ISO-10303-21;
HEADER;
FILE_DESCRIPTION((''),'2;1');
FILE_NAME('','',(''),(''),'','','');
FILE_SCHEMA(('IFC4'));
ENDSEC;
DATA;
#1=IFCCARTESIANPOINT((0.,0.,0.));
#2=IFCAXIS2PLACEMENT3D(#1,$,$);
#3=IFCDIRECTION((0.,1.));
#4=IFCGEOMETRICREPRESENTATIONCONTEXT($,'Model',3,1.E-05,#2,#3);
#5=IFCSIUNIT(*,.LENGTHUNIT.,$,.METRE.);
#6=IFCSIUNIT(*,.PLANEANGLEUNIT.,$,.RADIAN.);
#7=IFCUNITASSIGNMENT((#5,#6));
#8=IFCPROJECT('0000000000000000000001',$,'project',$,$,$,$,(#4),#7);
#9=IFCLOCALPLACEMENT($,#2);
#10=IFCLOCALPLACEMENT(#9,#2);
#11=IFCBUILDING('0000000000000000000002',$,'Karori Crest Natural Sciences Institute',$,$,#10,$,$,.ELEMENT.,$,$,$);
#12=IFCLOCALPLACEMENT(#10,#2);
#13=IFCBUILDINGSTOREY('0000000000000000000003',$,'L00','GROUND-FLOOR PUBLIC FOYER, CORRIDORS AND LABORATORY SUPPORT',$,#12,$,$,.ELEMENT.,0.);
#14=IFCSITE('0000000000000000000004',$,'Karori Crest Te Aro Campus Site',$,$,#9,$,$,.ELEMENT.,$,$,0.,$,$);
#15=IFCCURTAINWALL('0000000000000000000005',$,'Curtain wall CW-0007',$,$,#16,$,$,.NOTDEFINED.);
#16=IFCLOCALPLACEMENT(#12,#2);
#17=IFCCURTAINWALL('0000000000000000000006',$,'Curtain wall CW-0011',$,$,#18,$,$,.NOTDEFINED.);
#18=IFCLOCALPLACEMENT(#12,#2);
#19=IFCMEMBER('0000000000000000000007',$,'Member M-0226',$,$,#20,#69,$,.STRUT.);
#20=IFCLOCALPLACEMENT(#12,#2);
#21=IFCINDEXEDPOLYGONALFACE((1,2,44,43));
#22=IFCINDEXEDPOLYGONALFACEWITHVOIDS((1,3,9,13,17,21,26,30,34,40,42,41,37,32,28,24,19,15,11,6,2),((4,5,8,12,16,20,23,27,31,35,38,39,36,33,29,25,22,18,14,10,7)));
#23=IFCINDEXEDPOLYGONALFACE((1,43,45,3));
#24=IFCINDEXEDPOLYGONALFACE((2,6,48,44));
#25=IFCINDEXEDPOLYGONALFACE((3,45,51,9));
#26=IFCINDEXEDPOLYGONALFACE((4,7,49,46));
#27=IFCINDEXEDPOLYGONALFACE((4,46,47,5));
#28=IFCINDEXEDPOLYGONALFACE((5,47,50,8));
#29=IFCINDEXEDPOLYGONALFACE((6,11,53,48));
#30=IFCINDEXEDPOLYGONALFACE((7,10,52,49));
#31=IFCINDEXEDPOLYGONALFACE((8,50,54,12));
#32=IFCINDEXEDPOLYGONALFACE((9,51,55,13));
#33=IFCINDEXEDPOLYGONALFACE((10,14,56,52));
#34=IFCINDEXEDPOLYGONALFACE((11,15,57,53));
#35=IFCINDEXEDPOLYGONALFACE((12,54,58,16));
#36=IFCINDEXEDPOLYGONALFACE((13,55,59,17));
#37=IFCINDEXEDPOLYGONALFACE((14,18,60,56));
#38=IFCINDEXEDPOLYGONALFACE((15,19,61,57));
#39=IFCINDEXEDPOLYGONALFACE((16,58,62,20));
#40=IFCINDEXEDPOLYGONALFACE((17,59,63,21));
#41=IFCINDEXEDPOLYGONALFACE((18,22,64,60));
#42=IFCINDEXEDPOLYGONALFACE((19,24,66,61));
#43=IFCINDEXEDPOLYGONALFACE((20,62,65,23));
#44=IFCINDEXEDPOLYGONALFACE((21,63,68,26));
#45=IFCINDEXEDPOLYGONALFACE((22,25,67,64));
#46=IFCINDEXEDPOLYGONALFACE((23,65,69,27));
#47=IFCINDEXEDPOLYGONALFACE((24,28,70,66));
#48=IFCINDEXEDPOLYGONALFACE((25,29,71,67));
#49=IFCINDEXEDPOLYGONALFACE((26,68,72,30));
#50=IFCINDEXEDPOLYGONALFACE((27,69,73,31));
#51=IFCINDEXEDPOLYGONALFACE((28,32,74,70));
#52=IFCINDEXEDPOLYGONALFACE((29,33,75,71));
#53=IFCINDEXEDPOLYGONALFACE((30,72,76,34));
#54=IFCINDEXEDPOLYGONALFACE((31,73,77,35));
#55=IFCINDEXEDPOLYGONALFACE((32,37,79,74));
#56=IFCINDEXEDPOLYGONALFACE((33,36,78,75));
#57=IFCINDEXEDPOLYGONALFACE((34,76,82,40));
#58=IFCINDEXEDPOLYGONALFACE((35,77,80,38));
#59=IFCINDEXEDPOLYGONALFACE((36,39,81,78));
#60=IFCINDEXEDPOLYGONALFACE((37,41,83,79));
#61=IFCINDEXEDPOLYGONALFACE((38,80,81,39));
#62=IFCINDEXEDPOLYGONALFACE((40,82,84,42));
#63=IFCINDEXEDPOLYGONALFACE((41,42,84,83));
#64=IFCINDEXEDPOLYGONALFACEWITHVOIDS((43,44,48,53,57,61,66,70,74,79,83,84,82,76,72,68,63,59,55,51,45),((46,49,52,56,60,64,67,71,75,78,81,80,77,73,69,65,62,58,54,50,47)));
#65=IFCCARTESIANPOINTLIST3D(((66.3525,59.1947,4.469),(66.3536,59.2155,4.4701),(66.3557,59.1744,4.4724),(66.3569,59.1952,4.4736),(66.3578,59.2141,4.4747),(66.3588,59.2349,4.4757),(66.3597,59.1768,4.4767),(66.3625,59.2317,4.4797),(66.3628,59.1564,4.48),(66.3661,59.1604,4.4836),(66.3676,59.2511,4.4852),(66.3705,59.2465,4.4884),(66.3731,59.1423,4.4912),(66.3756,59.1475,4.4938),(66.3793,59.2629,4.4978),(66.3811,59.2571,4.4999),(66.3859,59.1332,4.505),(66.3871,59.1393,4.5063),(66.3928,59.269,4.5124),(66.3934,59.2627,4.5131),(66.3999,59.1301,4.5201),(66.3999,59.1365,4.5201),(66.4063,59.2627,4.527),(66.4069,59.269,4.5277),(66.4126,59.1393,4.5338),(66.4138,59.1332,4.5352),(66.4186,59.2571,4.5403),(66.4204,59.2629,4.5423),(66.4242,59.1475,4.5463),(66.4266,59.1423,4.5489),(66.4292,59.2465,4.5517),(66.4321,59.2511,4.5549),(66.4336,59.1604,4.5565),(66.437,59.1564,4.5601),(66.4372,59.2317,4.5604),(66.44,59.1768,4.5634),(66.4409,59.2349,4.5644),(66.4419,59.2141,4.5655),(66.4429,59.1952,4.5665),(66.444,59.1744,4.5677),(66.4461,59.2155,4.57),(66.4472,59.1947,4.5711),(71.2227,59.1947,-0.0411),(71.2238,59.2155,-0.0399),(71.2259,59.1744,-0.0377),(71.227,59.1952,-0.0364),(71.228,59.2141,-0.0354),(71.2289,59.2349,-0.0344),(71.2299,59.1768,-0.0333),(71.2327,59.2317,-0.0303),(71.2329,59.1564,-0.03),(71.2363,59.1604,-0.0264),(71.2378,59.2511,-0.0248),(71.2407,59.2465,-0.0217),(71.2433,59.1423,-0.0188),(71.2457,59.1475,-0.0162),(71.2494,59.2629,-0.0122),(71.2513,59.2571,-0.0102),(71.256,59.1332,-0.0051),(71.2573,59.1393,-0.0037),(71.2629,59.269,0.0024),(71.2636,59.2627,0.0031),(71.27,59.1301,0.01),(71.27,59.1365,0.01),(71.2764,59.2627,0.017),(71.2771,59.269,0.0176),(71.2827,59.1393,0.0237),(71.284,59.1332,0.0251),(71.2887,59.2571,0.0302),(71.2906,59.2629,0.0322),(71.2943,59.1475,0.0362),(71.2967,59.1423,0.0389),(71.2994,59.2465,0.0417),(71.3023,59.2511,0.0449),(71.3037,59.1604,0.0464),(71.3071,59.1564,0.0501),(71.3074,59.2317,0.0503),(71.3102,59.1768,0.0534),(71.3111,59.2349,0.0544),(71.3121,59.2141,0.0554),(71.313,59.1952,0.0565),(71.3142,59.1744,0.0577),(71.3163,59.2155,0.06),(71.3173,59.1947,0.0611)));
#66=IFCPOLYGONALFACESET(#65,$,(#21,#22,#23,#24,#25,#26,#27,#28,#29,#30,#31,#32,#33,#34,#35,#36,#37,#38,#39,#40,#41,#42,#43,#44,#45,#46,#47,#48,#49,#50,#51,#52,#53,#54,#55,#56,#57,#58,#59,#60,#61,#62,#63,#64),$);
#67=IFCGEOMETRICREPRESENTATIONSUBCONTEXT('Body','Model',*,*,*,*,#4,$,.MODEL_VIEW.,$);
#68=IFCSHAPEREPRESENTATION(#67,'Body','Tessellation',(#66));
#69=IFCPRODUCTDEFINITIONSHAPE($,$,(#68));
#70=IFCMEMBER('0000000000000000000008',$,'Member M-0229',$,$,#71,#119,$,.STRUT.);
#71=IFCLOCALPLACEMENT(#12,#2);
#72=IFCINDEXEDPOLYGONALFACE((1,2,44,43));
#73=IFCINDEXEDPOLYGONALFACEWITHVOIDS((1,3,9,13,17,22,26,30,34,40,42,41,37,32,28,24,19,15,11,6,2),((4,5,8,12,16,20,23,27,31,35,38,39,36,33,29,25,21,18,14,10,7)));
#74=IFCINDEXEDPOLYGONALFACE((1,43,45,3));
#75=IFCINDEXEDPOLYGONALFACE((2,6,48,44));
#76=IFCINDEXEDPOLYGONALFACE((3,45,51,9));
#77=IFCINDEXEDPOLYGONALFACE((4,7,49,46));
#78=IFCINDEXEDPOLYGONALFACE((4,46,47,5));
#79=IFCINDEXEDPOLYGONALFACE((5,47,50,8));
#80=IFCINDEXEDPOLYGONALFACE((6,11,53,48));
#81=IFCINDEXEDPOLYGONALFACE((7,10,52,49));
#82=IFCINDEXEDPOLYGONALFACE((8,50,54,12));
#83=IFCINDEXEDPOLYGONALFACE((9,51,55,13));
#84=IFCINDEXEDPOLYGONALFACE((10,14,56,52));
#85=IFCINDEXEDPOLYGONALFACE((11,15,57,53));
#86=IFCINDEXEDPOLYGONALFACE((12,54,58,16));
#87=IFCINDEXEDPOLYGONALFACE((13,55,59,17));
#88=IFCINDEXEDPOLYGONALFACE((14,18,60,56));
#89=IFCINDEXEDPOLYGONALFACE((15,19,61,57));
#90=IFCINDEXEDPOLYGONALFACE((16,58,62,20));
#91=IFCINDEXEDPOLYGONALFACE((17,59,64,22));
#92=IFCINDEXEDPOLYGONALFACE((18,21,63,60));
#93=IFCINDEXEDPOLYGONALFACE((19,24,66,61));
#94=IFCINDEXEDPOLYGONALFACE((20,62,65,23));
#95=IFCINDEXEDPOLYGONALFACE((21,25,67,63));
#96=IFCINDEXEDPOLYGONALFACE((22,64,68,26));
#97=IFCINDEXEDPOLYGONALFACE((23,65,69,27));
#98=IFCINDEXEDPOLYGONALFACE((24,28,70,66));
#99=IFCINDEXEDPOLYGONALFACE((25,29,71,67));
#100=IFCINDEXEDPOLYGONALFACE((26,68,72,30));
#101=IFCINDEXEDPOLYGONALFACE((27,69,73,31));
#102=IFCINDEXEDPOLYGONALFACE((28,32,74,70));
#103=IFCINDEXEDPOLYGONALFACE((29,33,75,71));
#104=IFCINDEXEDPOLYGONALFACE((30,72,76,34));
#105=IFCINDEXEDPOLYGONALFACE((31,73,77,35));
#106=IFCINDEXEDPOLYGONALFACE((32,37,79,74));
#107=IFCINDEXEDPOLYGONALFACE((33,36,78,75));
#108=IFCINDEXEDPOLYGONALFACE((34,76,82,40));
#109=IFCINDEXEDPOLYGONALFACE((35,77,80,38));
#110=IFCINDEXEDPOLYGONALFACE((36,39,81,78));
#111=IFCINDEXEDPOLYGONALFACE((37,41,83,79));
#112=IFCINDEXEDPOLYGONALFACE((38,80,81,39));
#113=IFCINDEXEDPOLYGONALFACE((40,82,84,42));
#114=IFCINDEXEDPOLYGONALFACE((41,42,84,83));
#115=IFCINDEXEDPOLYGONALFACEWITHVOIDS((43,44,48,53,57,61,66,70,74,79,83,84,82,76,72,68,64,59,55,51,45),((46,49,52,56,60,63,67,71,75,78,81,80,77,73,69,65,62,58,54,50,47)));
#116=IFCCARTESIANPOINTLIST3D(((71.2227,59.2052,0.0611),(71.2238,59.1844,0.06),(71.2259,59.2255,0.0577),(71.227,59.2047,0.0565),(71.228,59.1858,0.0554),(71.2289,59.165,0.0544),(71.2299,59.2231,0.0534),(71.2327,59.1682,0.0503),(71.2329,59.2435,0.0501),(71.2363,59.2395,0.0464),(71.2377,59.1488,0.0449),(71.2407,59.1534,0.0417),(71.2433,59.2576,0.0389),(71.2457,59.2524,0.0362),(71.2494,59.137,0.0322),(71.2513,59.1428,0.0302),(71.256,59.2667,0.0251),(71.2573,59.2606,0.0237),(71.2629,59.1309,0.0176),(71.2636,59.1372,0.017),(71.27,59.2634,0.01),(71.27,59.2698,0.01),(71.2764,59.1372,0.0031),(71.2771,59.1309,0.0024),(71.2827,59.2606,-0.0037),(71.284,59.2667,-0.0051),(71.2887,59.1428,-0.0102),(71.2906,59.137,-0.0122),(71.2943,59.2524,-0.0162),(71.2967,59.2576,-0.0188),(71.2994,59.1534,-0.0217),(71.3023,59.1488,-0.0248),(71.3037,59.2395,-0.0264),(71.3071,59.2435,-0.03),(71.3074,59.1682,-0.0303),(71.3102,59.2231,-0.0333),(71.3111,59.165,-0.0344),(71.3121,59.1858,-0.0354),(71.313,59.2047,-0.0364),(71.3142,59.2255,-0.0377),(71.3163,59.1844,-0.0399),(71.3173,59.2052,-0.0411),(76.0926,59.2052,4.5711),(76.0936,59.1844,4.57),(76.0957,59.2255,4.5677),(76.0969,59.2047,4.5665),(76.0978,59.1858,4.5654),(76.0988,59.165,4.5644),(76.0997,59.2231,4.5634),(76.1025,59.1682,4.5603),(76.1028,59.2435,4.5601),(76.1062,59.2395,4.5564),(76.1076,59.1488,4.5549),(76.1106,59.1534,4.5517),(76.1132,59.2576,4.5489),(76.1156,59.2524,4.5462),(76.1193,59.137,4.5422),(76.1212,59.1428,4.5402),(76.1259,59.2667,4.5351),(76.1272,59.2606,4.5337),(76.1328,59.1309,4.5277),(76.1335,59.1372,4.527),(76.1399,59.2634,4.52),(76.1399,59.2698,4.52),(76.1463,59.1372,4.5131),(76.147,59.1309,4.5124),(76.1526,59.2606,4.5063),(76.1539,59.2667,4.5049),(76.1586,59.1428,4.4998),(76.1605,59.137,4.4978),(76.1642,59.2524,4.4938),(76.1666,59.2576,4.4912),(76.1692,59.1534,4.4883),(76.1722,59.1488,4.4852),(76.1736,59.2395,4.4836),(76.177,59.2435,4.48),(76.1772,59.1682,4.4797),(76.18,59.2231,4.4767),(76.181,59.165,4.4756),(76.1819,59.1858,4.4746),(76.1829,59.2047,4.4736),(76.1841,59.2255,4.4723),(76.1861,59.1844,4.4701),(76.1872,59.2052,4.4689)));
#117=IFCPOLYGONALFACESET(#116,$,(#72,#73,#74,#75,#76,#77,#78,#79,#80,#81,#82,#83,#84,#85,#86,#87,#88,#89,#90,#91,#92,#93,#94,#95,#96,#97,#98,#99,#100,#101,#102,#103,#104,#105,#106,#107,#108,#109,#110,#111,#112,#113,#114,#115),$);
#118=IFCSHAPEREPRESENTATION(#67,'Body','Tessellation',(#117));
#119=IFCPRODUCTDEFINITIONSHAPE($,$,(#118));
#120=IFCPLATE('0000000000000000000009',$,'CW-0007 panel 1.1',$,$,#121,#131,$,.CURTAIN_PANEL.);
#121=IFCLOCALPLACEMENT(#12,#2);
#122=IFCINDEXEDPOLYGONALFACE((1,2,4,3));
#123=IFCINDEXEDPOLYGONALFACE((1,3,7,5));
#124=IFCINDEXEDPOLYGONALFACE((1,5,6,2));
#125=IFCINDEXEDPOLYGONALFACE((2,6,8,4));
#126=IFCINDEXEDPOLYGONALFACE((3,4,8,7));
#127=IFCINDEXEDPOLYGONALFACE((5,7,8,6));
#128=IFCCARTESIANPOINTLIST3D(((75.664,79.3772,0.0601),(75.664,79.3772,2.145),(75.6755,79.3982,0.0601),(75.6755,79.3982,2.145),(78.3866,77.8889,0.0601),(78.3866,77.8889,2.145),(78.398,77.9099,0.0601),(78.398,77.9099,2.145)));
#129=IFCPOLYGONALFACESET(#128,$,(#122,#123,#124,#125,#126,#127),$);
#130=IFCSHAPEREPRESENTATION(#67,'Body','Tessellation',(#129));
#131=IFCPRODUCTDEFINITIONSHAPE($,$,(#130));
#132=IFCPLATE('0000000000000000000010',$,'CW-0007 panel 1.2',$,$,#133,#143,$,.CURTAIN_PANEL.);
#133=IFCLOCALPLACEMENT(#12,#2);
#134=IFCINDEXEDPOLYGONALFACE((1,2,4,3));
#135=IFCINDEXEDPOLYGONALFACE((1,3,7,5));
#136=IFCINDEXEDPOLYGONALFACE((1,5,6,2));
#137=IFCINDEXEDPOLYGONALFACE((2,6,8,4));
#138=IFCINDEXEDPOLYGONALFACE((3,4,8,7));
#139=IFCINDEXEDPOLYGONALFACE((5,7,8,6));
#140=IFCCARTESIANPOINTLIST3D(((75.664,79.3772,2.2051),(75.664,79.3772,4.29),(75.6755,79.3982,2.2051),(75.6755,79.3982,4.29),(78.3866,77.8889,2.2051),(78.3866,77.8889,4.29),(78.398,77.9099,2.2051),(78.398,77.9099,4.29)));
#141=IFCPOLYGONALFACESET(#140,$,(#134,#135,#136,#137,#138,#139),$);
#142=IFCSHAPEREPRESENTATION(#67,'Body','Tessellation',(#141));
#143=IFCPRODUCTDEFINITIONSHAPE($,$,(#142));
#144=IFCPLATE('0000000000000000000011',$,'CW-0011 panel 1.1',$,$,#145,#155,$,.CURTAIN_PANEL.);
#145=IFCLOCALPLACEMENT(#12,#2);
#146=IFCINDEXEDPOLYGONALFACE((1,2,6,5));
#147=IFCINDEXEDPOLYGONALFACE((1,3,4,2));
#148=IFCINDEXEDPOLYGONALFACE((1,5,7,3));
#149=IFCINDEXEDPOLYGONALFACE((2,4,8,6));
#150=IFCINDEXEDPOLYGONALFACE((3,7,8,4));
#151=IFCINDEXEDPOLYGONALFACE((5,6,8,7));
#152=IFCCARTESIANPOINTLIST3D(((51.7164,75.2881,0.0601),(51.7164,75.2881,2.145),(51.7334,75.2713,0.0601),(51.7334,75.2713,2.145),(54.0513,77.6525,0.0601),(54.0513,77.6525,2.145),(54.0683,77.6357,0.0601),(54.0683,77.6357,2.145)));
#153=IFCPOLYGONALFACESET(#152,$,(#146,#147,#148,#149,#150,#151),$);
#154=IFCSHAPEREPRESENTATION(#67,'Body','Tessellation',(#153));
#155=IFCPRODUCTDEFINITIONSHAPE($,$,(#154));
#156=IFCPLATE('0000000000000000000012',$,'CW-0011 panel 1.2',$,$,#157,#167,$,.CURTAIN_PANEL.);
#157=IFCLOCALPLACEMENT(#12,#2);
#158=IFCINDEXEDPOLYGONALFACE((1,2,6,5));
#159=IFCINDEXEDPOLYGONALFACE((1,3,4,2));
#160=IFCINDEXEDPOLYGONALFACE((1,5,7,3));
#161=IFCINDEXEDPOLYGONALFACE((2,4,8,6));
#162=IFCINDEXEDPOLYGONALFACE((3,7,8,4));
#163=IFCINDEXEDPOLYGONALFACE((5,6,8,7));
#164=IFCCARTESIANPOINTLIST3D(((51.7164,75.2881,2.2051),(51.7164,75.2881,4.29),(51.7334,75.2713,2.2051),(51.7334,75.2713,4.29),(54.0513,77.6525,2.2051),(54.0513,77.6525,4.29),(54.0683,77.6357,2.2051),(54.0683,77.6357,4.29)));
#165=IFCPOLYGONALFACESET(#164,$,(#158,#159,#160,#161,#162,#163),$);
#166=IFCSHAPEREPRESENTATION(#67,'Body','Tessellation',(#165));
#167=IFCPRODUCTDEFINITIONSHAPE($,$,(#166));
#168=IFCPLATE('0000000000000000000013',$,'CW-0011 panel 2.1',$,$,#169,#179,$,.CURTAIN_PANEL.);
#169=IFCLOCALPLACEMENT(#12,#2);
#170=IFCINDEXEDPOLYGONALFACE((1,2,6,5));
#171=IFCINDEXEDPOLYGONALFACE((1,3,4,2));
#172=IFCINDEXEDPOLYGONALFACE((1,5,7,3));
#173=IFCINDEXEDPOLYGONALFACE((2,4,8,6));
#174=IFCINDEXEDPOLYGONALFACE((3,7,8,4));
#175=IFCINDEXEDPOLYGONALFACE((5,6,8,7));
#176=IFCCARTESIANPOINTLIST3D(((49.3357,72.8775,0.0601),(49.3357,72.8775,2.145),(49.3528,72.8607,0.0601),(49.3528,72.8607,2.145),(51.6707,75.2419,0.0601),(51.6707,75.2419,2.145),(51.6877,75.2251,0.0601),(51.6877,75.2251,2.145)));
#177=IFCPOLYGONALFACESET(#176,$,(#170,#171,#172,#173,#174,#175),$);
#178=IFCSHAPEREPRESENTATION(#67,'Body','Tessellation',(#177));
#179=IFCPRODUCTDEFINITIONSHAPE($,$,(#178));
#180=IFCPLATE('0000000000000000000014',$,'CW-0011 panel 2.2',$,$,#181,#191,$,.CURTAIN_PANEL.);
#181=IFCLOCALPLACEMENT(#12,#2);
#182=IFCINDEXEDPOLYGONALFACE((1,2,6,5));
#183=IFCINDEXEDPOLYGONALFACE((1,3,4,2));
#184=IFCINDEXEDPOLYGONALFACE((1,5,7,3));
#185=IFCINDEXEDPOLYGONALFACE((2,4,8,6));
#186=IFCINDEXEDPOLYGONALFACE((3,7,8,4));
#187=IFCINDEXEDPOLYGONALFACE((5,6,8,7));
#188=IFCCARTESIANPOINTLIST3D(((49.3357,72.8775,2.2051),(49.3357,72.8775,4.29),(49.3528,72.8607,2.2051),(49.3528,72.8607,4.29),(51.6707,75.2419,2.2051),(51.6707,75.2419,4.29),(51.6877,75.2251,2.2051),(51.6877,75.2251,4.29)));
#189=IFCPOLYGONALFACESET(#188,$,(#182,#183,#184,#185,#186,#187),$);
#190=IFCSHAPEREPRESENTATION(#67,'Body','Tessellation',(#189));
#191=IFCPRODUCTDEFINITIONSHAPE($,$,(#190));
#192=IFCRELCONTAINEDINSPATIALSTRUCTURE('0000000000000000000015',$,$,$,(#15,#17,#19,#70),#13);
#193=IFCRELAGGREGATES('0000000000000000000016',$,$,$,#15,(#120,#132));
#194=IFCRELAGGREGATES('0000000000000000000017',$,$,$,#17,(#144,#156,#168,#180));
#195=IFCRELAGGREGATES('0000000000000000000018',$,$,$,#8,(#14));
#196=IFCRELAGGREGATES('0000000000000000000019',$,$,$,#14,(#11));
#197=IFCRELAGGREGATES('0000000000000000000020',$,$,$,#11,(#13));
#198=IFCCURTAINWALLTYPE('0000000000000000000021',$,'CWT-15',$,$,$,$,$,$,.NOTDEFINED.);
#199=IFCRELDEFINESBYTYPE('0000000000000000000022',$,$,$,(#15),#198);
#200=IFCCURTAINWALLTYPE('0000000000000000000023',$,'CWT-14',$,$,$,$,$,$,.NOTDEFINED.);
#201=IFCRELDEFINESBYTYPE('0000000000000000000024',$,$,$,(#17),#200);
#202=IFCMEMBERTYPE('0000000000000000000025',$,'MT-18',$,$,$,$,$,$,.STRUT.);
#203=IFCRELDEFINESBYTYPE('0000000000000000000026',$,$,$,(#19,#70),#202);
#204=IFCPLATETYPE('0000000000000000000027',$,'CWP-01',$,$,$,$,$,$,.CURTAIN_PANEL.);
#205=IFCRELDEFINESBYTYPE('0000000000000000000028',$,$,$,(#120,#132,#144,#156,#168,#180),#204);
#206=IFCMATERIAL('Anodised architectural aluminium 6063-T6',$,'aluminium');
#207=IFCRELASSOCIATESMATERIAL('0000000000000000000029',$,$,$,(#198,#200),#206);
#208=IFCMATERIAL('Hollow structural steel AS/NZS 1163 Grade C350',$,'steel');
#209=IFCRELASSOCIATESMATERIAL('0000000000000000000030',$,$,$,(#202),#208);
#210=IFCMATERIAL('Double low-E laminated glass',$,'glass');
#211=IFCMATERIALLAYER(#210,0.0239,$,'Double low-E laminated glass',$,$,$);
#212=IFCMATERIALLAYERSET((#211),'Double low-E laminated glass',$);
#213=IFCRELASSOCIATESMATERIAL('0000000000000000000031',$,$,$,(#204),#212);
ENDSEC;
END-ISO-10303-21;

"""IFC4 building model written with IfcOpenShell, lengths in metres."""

from ifc_helpers import new_model, si_unit, direction, frame, origin, origin_2d, place, context, subcontext, project, spatial, rectangle, hollow_circle, extrude, material, layer, layer_set, material_profile, profile_set, type_object, element, aggregate, save


model = new_model("IFC4")

# Units and contexts
model_context = context("Model", 3, precision=1e-05, world=origin(), true_north=direction((0.0, 1.0)))
body_context = subcontext(model_context, "Body", "Model", "MODEL_VIEW")
ifc_project = project(units=[si_unit("LENGTHUNIT", "METRE"), si_unit("PLANEANGLEUNIT", "RADIAN")], contexts=[model_context])

# Site, building, storey
site_placement = place(None, origin())
site = spatial("IfcSite", under=ifc_project, at=site_placement, Name="Karori Crest Te Aro Campus Site", CompositionType="ELEMENT", RefElevation=0.0)
building_placement = place(site_placement, origin())
building = spatial("IfcBuilding", under=site, at=building_placement, Name="Karori Crest Natural Sciences Institute", CompositionType="ELEMENT")
storey_placement = place(building_placement, origin())
storey = spatial("IfcBuildingStorey", under=building, at=storey_placement, Name="L00", Description="GROUND-FLOOR PUBLIC FOYER, CORRIDORS AND LABORATORY SUPPORT", CompositionType="ELEMENT", Elevation=0.0)

# Shared definitions
ifc_material_1 = material(Name="Hollow structural steel AS/NZS 1163 Grade C350", Category="steel")

# Curtain wall
ifc_material_2 = material(Name="Anodised architectural aluminium 6063-T6", Category="aluminium")
curtain_wall_type_1 = type_object("IfcCurtainWallType", Name="CWT-15", PredefinedType="NOTDEFINED", material=ifc_material_2)
curtain_wall_1_placement = place(storey_placement, origin())
curtain_wall_1 = element("IfcCurtainWall", 1, at=curtain_wall_1_placement, inside=storey, type_object=curtain_wall_type_1, Name="Curtain wall CW-0007", PredefinedType="NOTDEFINED")

# Curtain wall
curtain_wall_type_2 = type_object("IfcCurtainWallType", Name="CWT-14", PredefinedType="NOTDEFINED", material=ifc_material_2)
curtain_wall_2_placement = place(storey_placement, origin())
curtain_wall_2 = element("IfcCurtainWall", 2, at=curtain_wall_2_placement, inside=storey, type_object=curtain_wall_type_2, Name="Curtain wall CW-0011", PredefinedType="NOTDEFINED")

# Members
ifc_material_profile_1 = material_profile(ifc_material_1, hollow_circle(Radius=0.0698, WallThickness=0.0063, at=origin_2d()), Name="CHS139.7x6.4")
ifc_profile_set_1 = profile_set([ifc_material_profile_1], Name="Hollow structural steel AS/NZS 1163 Grade C350")
member_type_1 = type_object("IfcMemberType", Name="MT-18", PredefinedType="STRUT", material=ifc_profile_set_1)
member_1_placement = place(storey_placement, frame((71.27, 59.2, 0.01), z_axis=(-0.733712, 0.0, 0.67946), x_axis=(0.0, -1.0, 0.0)))
element("IfcMember", 3, at=member_1_placement, inside=storey, type_object=member_type_1, Name="Member M-0226", PredefinedType="STRUT", context=body_context, shape_type="SweptSolid", body=[
    extrude(hollow_circle(Radius=0.0698, WallThickness=0.0063, at=origin_2d()), origin(), (0.0, 0.0, 1.0), 6.6377),
])
member_2_placement = place(storey_placement, frame((71.27, 59.2, 0.01), z_axis=(0.733695, 0.0, 0.679478), x_axis=(0.0, 1.0, 0.0)))
element("IfcMember", 4, at=member_2_placement, inside=storey, type_object=member_type_1, Name="Member M-0229", PredefinedType="STRUT", context=body_context, shape_type="SweptSolid", body=[
    extrude(hollow_circle(Radius=0.0698, WallThickness=0.0063, at=origin_2d()), origin(), (0.0, 0.0, 1.0), 6.6375),
])

# Plates
ifc_material_3 = material(Name="Double low-E laminated glass", Category="glass")
ifc_layer_1 = layer(ifc_material_3, 0.0239, Name="Double low-E laminated glass")
ifc_layer_set_1 = layer_set([ifc_layer_1], Name="Double low-E laminated glass")
plate_type_1 = type_object("IfcPlateType", Name="CWP-01", PredefinedType="CURTAIN_PANEL", material=ifc_layer_set_1)
plate_1_placement = place(storey_placement, frame((77.031, 78.6436, 0.0601), z_axis=(0.0, 0.0, 1.0), x_axis=(-0.877464, 0.479643, 0.0)))
plate_1 = element("IfcPlate", 5, at=plate_1_placement, type_object=plate_type_1, Name="CW-0007 panel 1.1", PredefinedType="CURTAIN_PANEL", context=body_context, shape_type="SweptSolid", body=[
    extrude(rectangle(XDim=3.1028, YDim=0.0239, at=origin_2d()), origin(), (0.0, 0.0, 1.0), 2.085),
])
plate_2_placement = place(storey_placement, frame((77.031, 78.6436, 2.2051), z_axis=(0.0, 0.0, 1.0), x_axis=(-0.877464, 0.479643, 0.0)))
plate_2 = element("IfcPlate", 6, at=plate_2_placement, type_object=plate_type_1, Name="CW-0007 panel 1.2", PredefinedType="CURTAIN_PANEL", context=body_context, shape_type="SweptSolid", body=[
    extrude(rectangle(XDim=3.1028, YDim=0.0239, at=origin_2d()), origin(), (0.0, 0.0, 1.0), 2.085),
])
aggregate(curtain_wall_1, [plate_1, plate_2])
plate_3_placement = place(storey_placement, frame((52.8923, 76.4619, 0.0601), z_axis=(0.0, 0.0, 1.0), x_axis=(-0.702656, -0.711529, 0.0)))
plate_3 = element("IfcPlate", 7, at=plate_3_placement, type_object=plate_type_1, Name="CW-0011 panel 1.1", PredefinedType="CURTAIN_PANEL", context=body_context, shape_type="SweptSolid", body=[
    extrude(rectangle(XDim=3.323, YDim=0.0239, at=origin_2d()), origin(), (0.0, 0.0, 1.0), 2.085),
])
plate_4_placement = place(storey_placement, frame((52.8923, 76.4619, 2.2051), z_axis=(0.0, 0.0, 1.0), x_axis=(-0.702656, -0.711529, 0.0)))
plate_4 = element("IfcPlate", 8, at=plate_4_placement, type_object=plate_type_1, Name="CW-0011 panel 1.2", PredefinedType="CURTAIN_PANEL", context=body_context, shape_type="SweptSolid", body=[
    extrude(rectangle(XDim=3.323, YDim=0.0239, at=origin_2d()), origin(), (0.0, 0.0, 1.0), 2.085),
])
plate_5_placement = place(storey_placement, frame((50.5117, 74.0513, 0.0601), z_axis=(0.0, 0.0, 1.0), x_axis=(-0.702656, -0.711529, 0.0)))
plate_5 = element("IfcPlate", 9, at=plate_5_placement, type_object=plate_type_1, Name="CW-0011 panel 2.1", PredefinedType="CURTAIN_PANEL", context=body_context, shape_type="SweptSolid", body=[
    extrude(rectangle(XDim=3.323, YDim=0.0239, at=origin_2d()), origin(), (0.0, 0.0, 1.0), 2.085),
])
plate_6_placement = place(storey_placement, frame((50.5117, 74.0513, 2.2051), z_axis=(0.0, 0.0, 1.0), x_axis=(-0.702656, -0.711529, 0.0)))
plate_6 = element("IfcPlate", 10, at=plate_6_placement, type_object=plate_type_1, Name="CW-0011 panel 2.2", PredefinedType="CURTAIN_PANEL", context=body_context, shape_type="SweptSolid", body=[
    extrude(rectangle(XDim=3.323, YDim=0.0239, at=origin_2d()), origin(), (0.0, 0.0, 1.0), 2.085),
])
aggregate(curtain_wall_2, [plate_3, plate_4, plate_5, plate_6])

save(model, "model.ifc")
